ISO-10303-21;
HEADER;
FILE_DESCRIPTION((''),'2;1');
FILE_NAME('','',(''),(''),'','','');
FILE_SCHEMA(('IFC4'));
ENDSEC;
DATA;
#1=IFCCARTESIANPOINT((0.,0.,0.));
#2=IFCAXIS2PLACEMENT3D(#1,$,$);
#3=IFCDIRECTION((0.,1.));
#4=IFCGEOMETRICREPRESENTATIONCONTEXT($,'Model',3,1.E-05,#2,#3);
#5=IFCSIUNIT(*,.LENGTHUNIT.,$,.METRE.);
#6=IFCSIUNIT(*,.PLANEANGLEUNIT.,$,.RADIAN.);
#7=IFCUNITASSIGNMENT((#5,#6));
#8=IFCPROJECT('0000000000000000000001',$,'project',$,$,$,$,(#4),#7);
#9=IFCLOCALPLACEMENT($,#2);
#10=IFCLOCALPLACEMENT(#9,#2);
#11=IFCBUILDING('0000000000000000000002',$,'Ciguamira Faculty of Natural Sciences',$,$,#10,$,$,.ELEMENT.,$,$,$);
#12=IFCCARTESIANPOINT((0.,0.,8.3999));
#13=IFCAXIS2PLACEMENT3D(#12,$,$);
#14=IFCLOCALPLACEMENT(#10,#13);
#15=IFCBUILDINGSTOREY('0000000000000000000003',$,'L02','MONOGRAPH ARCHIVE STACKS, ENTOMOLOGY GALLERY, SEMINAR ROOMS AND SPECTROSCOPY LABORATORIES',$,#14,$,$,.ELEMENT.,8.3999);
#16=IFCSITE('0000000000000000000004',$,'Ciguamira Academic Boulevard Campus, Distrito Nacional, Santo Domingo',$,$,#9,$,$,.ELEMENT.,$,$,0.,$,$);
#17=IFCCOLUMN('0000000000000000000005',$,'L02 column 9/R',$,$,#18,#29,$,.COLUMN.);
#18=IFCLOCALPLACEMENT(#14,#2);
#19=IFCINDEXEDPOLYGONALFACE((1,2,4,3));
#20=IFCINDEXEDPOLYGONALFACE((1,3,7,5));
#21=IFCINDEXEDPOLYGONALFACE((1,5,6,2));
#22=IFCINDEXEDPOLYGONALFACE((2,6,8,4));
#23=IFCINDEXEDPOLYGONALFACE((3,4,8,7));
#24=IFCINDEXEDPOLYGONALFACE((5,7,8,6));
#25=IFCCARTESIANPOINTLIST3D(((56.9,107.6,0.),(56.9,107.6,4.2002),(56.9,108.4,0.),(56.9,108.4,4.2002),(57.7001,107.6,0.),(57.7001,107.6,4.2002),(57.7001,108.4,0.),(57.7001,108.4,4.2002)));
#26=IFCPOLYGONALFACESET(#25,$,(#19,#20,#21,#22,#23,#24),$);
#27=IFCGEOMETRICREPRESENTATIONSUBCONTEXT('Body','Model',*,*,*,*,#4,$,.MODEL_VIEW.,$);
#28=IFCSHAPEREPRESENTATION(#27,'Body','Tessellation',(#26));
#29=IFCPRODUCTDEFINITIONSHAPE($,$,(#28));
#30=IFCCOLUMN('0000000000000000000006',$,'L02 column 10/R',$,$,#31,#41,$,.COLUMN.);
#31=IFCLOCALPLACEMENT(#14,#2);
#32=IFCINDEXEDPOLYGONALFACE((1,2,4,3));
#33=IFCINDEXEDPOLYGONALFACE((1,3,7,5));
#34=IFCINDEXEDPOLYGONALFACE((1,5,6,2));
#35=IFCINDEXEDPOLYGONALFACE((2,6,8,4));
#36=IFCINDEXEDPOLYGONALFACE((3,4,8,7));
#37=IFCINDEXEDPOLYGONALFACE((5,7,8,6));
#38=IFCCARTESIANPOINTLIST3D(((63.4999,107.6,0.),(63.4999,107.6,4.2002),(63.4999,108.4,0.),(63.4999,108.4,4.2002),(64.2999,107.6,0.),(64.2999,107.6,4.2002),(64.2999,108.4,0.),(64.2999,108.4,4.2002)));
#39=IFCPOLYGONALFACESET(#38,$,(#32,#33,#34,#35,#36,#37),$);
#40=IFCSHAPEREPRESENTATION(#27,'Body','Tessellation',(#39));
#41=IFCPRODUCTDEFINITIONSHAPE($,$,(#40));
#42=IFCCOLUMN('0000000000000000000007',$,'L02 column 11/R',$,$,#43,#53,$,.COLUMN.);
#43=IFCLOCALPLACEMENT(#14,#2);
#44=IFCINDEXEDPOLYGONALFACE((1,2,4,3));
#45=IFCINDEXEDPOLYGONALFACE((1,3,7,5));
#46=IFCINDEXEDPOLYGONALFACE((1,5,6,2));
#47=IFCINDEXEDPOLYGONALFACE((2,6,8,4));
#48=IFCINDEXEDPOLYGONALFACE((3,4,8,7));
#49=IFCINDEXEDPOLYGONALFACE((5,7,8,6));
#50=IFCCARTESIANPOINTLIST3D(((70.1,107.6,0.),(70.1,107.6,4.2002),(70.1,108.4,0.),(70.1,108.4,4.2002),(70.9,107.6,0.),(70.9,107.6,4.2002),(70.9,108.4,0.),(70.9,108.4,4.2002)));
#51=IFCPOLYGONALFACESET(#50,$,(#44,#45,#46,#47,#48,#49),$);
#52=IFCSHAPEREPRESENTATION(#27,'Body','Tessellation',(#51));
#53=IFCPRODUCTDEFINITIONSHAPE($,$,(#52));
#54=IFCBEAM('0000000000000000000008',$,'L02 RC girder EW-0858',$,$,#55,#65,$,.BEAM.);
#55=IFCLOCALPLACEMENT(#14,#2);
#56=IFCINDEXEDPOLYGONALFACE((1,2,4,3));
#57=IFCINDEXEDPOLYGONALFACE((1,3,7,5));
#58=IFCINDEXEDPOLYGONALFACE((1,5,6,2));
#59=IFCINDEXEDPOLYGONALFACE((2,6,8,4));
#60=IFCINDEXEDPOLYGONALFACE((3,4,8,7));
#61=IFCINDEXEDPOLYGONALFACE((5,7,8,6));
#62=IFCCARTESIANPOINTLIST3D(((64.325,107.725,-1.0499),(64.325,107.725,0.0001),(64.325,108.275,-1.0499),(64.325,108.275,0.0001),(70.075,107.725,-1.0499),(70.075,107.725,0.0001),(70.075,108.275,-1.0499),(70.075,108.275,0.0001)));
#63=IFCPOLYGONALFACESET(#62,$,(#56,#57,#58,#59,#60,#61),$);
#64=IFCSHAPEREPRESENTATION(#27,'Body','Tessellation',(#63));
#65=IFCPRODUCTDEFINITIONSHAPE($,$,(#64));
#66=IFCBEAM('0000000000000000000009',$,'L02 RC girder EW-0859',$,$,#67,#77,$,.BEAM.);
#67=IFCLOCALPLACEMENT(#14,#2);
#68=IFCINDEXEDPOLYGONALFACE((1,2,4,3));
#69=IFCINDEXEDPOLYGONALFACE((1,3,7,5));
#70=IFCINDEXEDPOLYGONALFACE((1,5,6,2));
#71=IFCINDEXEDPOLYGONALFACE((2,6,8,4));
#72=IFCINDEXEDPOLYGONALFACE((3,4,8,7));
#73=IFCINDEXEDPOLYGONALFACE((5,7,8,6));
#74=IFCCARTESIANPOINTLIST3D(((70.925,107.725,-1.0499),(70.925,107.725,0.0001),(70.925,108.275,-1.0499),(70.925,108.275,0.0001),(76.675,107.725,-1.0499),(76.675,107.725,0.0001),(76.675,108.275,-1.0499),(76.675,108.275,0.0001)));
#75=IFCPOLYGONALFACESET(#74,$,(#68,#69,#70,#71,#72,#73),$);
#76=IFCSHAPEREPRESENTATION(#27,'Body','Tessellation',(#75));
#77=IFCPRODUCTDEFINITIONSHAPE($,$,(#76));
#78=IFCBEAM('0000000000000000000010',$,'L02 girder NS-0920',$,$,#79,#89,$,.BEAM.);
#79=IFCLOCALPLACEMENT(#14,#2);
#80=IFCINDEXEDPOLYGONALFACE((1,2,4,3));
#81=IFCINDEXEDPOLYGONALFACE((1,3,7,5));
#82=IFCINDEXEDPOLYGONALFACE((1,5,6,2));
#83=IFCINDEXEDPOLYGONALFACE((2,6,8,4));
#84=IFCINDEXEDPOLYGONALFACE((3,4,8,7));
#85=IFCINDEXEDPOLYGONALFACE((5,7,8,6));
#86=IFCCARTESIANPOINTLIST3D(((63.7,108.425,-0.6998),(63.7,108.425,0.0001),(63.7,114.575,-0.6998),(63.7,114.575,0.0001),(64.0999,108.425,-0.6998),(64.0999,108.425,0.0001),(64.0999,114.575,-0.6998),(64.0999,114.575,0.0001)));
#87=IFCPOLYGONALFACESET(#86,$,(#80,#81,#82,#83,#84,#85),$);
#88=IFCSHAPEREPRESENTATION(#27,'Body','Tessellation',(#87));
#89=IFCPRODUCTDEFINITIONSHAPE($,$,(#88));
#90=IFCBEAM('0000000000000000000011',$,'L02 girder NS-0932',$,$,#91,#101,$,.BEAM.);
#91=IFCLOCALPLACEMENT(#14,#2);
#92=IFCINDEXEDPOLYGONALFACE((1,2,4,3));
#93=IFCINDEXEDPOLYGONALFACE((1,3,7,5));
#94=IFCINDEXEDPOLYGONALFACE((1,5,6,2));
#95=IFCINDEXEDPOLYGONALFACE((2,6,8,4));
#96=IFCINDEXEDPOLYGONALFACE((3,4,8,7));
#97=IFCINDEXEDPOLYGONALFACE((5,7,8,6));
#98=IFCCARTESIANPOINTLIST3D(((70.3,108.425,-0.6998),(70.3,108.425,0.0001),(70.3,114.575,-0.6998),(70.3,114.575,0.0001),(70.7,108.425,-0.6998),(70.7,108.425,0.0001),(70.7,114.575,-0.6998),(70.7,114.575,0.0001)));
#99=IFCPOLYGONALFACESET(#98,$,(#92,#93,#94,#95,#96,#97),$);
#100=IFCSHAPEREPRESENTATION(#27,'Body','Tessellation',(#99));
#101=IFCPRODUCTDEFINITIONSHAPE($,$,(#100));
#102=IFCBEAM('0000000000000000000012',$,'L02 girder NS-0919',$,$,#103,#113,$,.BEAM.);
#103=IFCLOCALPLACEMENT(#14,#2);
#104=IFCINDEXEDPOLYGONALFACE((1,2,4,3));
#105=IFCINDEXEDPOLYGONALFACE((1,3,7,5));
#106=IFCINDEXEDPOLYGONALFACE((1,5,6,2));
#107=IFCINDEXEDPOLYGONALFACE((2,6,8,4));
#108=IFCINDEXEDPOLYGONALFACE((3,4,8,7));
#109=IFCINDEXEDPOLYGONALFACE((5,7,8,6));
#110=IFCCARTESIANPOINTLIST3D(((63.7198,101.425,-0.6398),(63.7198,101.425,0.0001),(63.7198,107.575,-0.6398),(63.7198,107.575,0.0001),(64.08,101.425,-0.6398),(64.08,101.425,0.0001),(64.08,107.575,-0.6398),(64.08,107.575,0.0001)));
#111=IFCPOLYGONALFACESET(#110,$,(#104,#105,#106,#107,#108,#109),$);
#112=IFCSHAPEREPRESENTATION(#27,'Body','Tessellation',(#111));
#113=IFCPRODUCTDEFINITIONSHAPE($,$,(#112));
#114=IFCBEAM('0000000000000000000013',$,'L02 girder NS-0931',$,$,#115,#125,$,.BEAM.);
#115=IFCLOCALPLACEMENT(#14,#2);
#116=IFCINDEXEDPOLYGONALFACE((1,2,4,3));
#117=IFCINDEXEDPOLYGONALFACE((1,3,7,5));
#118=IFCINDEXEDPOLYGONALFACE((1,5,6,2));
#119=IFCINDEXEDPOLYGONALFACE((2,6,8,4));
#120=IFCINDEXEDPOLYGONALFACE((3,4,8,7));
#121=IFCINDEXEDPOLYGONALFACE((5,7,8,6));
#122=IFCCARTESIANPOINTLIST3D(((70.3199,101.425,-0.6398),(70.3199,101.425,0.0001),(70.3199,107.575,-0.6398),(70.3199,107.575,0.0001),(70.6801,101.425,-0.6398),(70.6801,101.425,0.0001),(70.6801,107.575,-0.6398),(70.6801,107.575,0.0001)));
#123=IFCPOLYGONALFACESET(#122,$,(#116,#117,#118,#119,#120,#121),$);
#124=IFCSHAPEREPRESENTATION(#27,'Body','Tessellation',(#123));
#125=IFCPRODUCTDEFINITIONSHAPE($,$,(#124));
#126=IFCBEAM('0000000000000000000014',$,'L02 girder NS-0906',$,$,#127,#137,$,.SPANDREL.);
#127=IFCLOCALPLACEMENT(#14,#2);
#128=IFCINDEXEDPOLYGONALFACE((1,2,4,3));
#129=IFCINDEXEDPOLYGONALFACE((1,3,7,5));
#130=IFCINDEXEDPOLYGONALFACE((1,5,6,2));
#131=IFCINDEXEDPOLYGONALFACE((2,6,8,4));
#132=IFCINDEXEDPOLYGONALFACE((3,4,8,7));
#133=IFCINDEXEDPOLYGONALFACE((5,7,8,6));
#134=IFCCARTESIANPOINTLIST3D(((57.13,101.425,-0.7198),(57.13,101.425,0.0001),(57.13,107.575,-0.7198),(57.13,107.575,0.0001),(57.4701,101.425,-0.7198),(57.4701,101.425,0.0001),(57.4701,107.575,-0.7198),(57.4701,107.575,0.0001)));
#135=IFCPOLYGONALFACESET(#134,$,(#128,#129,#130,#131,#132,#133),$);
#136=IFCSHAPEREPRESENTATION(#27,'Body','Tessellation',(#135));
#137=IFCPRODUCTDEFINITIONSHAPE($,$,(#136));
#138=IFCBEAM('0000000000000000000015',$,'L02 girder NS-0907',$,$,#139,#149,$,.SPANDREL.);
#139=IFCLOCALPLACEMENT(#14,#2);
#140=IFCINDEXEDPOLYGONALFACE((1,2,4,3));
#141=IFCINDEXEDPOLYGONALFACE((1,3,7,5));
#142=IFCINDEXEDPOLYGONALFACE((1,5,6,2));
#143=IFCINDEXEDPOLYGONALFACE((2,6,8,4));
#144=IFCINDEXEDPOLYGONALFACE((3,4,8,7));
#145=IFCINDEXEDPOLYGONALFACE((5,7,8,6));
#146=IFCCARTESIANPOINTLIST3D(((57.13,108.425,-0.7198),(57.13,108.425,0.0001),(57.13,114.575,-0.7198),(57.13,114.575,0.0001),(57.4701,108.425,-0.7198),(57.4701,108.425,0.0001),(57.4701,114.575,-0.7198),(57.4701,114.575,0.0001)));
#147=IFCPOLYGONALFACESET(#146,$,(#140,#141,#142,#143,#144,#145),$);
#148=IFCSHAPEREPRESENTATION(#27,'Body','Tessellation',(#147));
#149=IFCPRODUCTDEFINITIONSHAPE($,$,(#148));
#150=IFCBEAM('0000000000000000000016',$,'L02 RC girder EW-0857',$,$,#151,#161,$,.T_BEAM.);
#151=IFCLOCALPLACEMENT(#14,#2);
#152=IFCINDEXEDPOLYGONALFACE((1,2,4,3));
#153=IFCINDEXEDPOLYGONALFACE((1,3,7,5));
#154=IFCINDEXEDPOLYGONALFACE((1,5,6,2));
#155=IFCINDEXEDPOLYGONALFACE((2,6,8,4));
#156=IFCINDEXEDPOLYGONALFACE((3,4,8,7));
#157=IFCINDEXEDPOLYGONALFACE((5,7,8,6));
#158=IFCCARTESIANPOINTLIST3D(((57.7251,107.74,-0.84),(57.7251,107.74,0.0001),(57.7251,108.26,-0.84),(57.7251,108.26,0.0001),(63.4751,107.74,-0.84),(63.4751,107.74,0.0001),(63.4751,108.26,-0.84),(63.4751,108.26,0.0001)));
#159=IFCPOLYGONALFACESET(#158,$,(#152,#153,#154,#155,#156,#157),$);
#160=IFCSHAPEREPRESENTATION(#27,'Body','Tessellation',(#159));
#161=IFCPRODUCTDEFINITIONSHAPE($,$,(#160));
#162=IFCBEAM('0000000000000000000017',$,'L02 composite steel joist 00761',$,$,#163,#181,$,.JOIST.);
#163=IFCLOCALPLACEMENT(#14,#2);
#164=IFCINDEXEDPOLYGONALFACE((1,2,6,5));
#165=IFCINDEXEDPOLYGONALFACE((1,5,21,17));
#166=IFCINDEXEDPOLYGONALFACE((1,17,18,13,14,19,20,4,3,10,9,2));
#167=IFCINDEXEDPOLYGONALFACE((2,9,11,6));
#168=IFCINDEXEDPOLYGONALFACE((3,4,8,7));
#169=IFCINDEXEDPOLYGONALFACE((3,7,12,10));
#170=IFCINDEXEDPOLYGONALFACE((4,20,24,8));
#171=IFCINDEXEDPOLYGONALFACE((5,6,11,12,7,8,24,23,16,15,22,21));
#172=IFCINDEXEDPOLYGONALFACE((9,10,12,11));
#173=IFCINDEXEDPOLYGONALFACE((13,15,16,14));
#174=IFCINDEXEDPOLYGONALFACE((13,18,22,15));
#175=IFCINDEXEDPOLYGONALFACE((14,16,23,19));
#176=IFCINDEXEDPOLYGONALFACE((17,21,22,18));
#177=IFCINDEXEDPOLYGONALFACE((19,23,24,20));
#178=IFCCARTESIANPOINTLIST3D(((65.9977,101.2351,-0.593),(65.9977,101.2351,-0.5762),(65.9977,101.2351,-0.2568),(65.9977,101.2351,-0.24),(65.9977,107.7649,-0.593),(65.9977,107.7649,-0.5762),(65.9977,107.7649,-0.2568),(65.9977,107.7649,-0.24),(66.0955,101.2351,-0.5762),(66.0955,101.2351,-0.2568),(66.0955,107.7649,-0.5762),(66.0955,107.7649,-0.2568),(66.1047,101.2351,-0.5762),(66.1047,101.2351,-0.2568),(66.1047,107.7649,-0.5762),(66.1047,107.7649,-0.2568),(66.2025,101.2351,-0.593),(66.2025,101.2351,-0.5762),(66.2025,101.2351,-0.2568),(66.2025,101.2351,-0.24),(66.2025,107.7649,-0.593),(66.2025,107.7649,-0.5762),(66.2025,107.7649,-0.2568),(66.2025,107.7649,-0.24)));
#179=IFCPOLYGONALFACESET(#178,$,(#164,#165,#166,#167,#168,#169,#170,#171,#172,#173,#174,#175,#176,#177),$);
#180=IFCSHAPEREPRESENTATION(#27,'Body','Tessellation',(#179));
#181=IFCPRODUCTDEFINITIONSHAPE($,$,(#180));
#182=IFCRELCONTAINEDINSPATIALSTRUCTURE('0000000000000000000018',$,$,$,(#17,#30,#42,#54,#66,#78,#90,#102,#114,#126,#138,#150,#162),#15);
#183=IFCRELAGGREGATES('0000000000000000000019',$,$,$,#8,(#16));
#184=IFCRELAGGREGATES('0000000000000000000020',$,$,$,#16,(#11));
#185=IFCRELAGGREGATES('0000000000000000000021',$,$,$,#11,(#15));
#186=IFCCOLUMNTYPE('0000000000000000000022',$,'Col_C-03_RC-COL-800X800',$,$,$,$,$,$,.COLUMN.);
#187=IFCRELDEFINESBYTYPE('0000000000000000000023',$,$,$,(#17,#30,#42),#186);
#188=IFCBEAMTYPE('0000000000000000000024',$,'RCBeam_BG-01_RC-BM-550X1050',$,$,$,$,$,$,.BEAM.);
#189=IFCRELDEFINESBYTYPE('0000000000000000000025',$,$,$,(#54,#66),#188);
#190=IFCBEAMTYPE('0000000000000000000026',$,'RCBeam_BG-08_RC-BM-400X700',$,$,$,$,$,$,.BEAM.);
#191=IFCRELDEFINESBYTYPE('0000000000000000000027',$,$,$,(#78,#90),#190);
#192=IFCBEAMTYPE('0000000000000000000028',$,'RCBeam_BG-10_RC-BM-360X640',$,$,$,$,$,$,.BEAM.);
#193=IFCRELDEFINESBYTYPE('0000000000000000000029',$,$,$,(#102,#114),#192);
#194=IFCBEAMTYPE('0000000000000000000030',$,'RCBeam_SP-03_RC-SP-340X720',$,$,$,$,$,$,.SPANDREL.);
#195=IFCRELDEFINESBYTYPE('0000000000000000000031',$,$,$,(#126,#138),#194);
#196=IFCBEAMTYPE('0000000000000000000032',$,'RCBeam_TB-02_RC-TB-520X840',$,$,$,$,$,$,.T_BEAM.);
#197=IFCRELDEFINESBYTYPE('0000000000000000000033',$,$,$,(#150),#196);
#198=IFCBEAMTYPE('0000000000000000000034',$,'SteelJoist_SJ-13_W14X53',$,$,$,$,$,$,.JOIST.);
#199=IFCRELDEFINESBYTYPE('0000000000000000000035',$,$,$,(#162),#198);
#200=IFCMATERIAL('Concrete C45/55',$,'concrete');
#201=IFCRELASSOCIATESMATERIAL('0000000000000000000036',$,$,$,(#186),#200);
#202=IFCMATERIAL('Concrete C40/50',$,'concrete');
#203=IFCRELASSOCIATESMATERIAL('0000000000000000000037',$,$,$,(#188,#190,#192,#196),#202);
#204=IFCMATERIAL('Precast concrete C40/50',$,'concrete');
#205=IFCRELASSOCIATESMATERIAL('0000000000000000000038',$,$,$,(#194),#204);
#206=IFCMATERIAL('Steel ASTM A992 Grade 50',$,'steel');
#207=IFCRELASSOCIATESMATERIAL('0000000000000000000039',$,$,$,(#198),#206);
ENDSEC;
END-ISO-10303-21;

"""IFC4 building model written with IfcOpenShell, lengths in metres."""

from ifc_helpers import new_model, si_unit, direction, frame, origin, origin_2d, place, context, subcontext, project, spatial, rectangle, i_section, extrude, material, material_profile, profile_set, type_object, element, save


model = new_model("IFC4")

# Units and contexts
model_context = context("Model", 3, precision=1e-05, world=origin(), true_north=direction((0.0, 1.0)))
body_context = subcontext(model_context, "Body", "Model", "MODEL_VIEW")
ifc_project = project(units=[si_unit("LENGTHUNIT", "METRE"), si_unit("PLANEANGLEUNIT", "RADIAN")], contexts=[model_context])

# Site, building, storey
site_placement = place(None, origin())
site = spatial("IfcSite", under=ifc_project, at=site_placement, Name="Ciguamira Academic Boulevard Campus, Distrito Nacional, Santo Domingo", CompositionType="ELEMENT", RefElevation=0.0)
building_placement = place(site_placement, origin())
building = spatial("IfcBuilding", under=site, at=building_placement, Name="Ciguamira Faculty of Natural Sciences", CompositionType="ELEMENT")
storey_placement = place(building_placement, frame((0.0, 0.0, 8.3999)))
storey = spatial("IfcBuildingStorey", under=building, at=storey_placement, Name="L02", Description="MONOGRAPH ARCHIVE STACKS, ENTOMOLOGY GALLERY, SEMINAR ROOMS AND SPECTROSCOPY LABORATORIES", CompositionType="ELEMENT", Elevation=8.3999)

# Columns
ifc_material_1 = material(Name="Concrete C45/55", Category="concrete")
ifc_material_profile_1 = material_profile(ifc_material_1, rectangle(XDim=0.8, YDim=0.8, at=origin_2d()), Name="RC-COL-800X800")
ifc_profile_set_1 = profile_set([ifc_material_profile_1], Name="Concrete C45/55")
column_type = type_object("IfcColumnType", Name="Col_C-03_RC-COL-800X800", PredefinedType="COLUMN", material=ifc_profile_set_1)
for number, where, z_axis, x_axis, name in (
    (1, (57.3, 108.0, 0.0), (0.0, 0.0, 1.0), (1.0, 0.0, 0.0), "L02 column 9/R"),
    (2, (63.8999, 108.0, 0.0), (0.0, 0.0, 1.0), (1.0, 0.0, 0.0), "L02 column 10/R"),
    (3, (70.5, 108.0, 0.0), (0.0, 0.0, 1.0), (1.0, 0.0, 0.0), "L02 column 11/R"),
):
    element("IfcColumn", number, at=place(storey_placement, frame(where, z_axis=z_axis, x_axis=x_axis)), inside=storey, type_object=column_type, Name=name, PredefinedType="COLUMN", context=body_context, shape_type="SweptSolid", body=[
        extrude(rectangle(XDim=0.8, YDim=0.8, at=origin_2d()), origin(), (0.0, 0.0, 1.0), 4.2002),
    ])

# Beams
ifc_material_2 = material(Name="Concrete C40/50", Category="concrete")
ifc_material_profile_2 = material_profile(ifc_material_2, rectangle(XDim=0.55, YDim=1.05, at=origin_2d()), Name="RC-BM-550X1050")
ifc_profile_set_2 = profile_set([ifc_material_profile_2], Name="Concrete C40/50")
beam_type_1 = type_object("IfcBeamType", Name="RCBeam_BG-01_RC-BM-550X1050", PredefinedType="BEAM", material=ifc_profile_set_2)
for number, where, z_axis, x_axis, name in (
    (4, (64.325, 108.0, -0.5249), (1.0, 0.0, 0.0), (0.0, 1.0, 0.0), "L02 RC girder EW-0858"),
    (5, (70.925, 108.0, -0.5249), (1.0, 0.0, 0.0), (0.0, 1.0, 0.0), "L02 RC girder EW-0859"),
):
    element("IfcBeam", number, at=place(storey_placement, frame(where, z_axis=z_axis, x_axis=x_axis)), inside=storey, type_object=beam_type_1, Name=name, PredefinedType="BEAM", context=body_context, shape_type="SweptSolid", body=[
        extrude(rectangle(XDim=0.55, YDim=1.05, at=origin_2d()), origin(), (0.0, 0.0, 1.0), 5.75),
    ])
ifc_material_profile_3 = material_profile(ifc_material_2, rectangle(XDim=0.3999, YDim=0.7, at=origin_2d()), Name="RC-BM-400X700")
ifc_profile_set_3 = profile_set([ifc_material_profile_3], Name="Concrete C40/50")
beam_type_2 = type_object("IfcBeamType", Name="RCBeam_BG-08_RC-BM-400X700", PredefinedType="BEAM", material=ifc_profile_set_3)
for number, where, z_axis, x_axis, name in (
    (6, (63.8999, 108.425, -0.3499), (0.0, 1.0, 0.0), (-1.0, 0.0, 0.0), "L02 girder NS-0920"),
    (7, (70.5, 108.425, -0.3499), (0.0, 1.0, 0.0), (-1.0, 0.0, 0.0), "L02 girder NS-0932"),
):
    element("IfcBeam", number, at=place(storey_placement, frame(where, z_axis=z_axis, x_axis=x_axis)), inside=storey, type_object=beam_type_2, Name=name, PredefinedType="BEAM", context=body_context, shape_type="SweptSolid", body=[
        extrude(rectangle(XDim=0.3999, YDim=0.7, at=origin_2d()), origin(), (0.0, 0.0, 1.0), 6.1499),
    ])
ifc_material_profile_4 = material_profile(ifc_material_2, rectangle(XDim=0.3601, YDim=0.6399, at=origin_2d()), Name="RC-BM-360X640")
ifc_profile_set_4 = profile_set([ifc_material_profile_4], Name="Concrete C40/50")
beam_type_3 = type_object("IfcBeamType", Name="RCBeam_BG-10_RC-BM-360X640", PredefinedType="BEAM", material=ifc_profile_set_4)
for number, where, z_axis, x_axis, name in (
    (8, (63.8999, 101.425, -0.3198), (0.0, 1.0, 0.0), (-1.0, 0.0, 0.0), "L02 girder NS-0919"),
    (9, (70.5, 101.425, -0.3198), (0.0, 1.0, 0.0), (-1.0, 0.0, 0.0), "L02 girder NS-0931"),
):
    element("IfcBeam", number, at=place(storey_placement, frame(where, z_axis=z_axis, x_axis=x_axis)), inside=storey, type_object=beam_type_3, Name=name, PredefinedType="BEAM", context=body_context, shape_type="SweptSolid", body=[
        extrude(rectangle(XDim=0.3601, YDim=0.6399, at=origin_2d()), origin(), (0.0, 0.0, 1.0), 6.1499),
    ])
ifc_material_3 = material(Name="Precast concrete C40/50", Category="concrete")
ifc_material_profile_5 = material_profile(ifc_material_3, rectangle(XDim=0.3401, YDim=0.72, at=origin_2d()), Name="RC-SP-340X720")
ifc_profile_set_5 = profile_set([ifc_material_profile_5], Name="Precast concrete C40/50")
beam_type_4 = type_object("IfcBeamType", Name="RCBeam_SP-03_RC-SP-340X720", PredefinedType="SPANDREL", material=ifc_profile_set_5)
for number, where, z_axis, x_axis, name in (
    (10, (57.3, 101.425, -0.3599), (0.0, 1.0, 0.0), (-1.0, 0.0, 0.0), "L02 girder NS-0906"),
    (11, (57.3, 108.425, -0.3599), (0.0, 1.0, 0.0), (-1.0, 0.0, 0.0), "L02 girder NS-0907"),
):
    element("IfcBeam", number, at=place(storey_placement, frame(where, z_axis=z_axis, x_axis=x_axis)), inside=storey, type_object=beam_type_4, Name=name, PredefinedType="SPANDREL", context=body_context, shape_type="SweptSolid", body=[
        extrude(rectangle(XDim=0.3401, YDim=0.72, at=origin_2d()), origin(), (0.0, 0.0, 1.0), 6.1499),
    ])
ifc_material_profile_6 = material_profile(ifc_material_2, rectangle(XDim=0.52, YDim=0.8401, at=origin_2d()), Name="RC-TB-520X840")
ifc_profile_set_6 = profile_set([ifc_material_profile_6], Name="Concrete C40/50")
beam_type_5 = type_object("IfcBeamType", Name="RCBeam_TB-02_RC-TB-520X840", PredefinedType="T_BEAM", material=ifc_profile_set_6)
beam_1_placement = place(storey_placement, frame((57.7251, 108.0, -0.4199), z_axis=(1.0, 0.0, 0.0), x_axis=(0.0, 1.0, 0.0)))
element("IfcBeam", 12, at=beam_1_placement, inside=storey, type_object=beam_type_5, Name="L02 RC girder EW-0857", PredefinedType="T_BEAM", context=body_context, shape_type="SweptSolid", body=[
    extrude(rectangle(XDim=0.52, YDim=0.8401, at=origin_2d()), origin(), (0.0, 0.0, 1.0), 5.75),
])
ifc_material_4 = material(Name="Steel ASTM A992 Grade 50", Category="steel")
ifc_material_profile_7 = material_profile(ifc_material_4, i_section(OverallWidth=0.2048, OverallDepth=0.353, WebThickness=0.0093, FlangeThickness=0.0168, at=origin_2d()), Name="W14X53")
ifc_profile_set_7 = profile_set([ifc_material_profile_7], Name="Steel ASTM A992 Grade 50")
beam_type_6 = type_object("IfcBeamType", Name="SteelJoist_SJ-13_W14X53", PredefinedType="JOIST", material=ifc_profile_set_7)
beam_2_placement = place(storey_placement, frame((66.1001, 101.2351, -0.4165), z_axis=(0.0, 1.0, 0.0), x_axis=(-1.0, 0.0, 0.0)))
element("IfcBeam", 13, at=beam_2_placement, inside=storey, type_object=beam_type_6, Name="L02 composite steel joist 00761", PredefinedType="JOIST", context=body_context, shape_type="SweptSolid", body=[
    extrude(i_section(OverallWidth=0.2048, OverallDepth=0.353, WebThickness=0.0093, FlangeThickness=0.0168, at=origin_2d()), origin(), (0.0, 0.0, 1.0), 6.5298),
])

save(model, "model.ifc")
